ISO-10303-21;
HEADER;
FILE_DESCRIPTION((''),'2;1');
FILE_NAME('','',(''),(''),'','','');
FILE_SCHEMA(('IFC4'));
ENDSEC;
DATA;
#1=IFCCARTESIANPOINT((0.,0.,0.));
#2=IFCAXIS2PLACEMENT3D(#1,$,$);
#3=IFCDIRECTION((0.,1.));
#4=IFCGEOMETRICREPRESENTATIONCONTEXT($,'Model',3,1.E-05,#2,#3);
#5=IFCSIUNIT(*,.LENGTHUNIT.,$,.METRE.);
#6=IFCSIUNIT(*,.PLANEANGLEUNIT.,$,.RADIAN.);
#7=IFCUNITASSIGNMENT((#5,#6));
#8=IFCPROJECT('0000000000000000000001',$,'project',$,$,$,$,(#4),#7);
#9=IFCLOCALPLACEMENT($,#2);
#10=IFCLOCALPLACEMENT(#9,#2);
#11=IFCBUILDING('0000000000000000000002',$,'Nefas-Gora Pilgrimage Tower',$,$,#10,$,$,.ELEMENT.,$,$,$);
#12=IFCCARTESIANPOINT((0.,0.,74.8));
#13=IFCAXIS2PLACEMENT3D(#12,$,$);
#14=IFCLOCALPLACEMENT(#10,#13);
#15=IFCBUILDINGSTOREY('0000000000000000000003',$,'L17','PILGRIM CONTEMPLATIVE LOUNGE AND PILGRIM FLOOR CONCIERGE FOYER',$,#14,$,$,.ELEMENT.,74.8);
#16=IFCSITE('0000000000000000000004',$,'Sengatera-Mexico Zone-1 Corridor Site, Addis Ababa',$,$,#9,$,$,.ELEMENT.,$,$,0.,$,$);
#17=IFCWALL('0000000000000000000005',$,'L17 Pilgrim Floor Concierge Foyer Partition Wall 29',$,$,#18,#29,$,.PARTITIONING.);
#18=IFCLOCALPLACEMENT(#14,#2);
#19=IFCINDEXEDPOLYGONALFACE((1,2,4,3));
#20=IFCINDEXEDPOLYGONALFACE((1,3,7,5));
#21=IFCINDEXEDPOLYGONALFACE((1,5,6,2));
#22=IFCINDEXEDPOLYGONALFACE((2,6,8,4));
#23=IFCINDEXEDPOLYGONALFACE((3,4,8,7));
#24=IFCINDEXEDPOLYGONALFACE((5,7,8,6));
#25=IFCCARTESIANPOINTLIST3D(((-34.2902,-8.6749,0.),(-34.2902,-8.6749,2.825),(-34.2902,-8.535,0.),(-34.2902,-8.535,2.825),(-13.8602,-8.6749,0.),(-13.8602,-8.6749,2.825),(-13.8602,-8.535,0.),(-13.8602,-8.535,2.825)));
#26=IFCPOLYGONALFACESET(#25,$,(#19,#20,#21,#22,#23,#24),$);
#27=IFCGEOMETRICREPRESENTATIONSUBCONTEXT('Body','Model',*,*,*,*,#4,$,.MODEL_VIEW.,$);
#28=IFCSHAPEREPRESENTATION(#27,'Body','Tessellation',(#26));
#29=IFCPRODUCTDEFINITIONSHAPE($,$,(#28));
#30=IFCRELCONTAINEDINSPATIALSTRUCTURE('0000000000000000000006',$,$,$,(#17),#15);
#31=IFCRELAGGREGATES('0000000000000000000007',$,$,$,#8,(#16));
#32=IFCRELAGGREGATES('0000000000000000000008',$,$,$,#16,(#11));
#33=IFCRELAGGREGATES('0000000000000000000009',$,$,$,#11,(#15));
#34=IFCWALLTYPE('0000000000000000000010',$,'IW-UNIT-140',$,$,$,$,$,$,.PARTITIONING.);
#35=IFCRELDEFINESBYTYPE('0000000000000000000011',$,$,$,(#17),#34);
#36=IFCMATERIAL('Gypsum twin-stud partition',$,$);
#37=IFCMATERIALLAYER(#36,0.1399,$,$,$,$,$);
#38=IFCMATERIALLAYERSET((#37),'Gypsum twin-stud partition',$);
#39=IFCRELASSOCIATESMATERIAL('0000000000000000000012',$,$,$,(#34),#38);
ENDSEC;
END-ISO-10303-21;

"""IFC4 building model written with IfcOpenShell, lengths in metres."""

from ifc_helpers import new_model, si_unit, direction, frame, frame_2d, origin, place, context, subcontext, project, spatial, rectangle, extrude, source, transform, mapped, material, layer, layer_set, type_object, element, save


model = new_model("IFC4")

# Units and contexts
model_context = context("Model", 3, precision=1e-05, world=origin(), true_north=direction((0.0, 1.0)))
body_context = subcontext(model_context, "Body", "Model", "MODEL_VIEW")
ifc_project = project(units=[si_unit("LENGTHUNIT", "METRE"), si_unit("PLANEANGLEUNIT", "RADIAN")], contexts=[model_context])

# Site, building, storey
site_placement = place(None, origin())
site = spatial("IfcSite", under=ifc_project, at=site_placement, Name="Sengatera-Mexico Zone-1 Corridor Site, Addis Ababa", CompositionType="ELEMENT", RefElevation=0.0)
building_placement = place(site_placement, origin())
building = spatial("IfcBuilding", under=site, at=building_placement, Name="Nefas-Gora Pilgrimage Tower", CompositionType="ELEMENT")
storey_placement = place(building_placement, frame((0.0, 0.0, 74.8)))
storey = spatial("IfcBuildingStorey", under=building, at=storey_placement, Name="L17", Description="PILGRIM CONTEMPLATIVE LOUNGE AND PILGRIM FLOOR CONCIERGE FOYER", CompositionType="ELEMENT", Elevation=74.8)

# Wall
ifc_material_1 = material(Name="Gypsum twin-stud partition")
ifc_layer_1 = layer(ifc_material_1, 0.1399)
ifc_layer_set_1 = layer_set([ifc_layer_1], Name="Gypsum twin-stud partition")
wall_type_1 = type_object("IfcWallType", Name="IW-UNIT-140", PredefinedType="PARTITIONING", material=ifc_layer_set_1)
shared_shape_1 = source(origin(), body_context, "Body", "SweptSolid", [
    extrude(rectangle(XDim=20.4299, YDim=0.1399, at=frame_2d((10.2148, 0.0))), origin(), (0.0, 0.0, 1.0), 2.825),
])
wall_1_placement = place(storey_placement, frame((-34.29, -8.605, 0.0), z_axis=(0.0, 0.0, 1.0), x_axis=(1.0, 0.0, 0.0)))
element("IfcWall", 1, at=wall_1_placement, inside=storey, type_object=wall_type_1, Name="L17 Pilgrim Floor Concierge Foyer Partition Wall 29", PredefinedType="PARTITIONING", context=body_context, shape_type="MappedRepresentation", body=[
    mapped(shared_shape_1, transform((0.0, 0.0, 0.0), x_axis=(1.0, 0.0, 0.0), y_axis=(0.0, 1.0, 0.0), z_axis=(0.0, 0.0, 1.0), scale=1.0)),
])

save(model, "model.ifc")
